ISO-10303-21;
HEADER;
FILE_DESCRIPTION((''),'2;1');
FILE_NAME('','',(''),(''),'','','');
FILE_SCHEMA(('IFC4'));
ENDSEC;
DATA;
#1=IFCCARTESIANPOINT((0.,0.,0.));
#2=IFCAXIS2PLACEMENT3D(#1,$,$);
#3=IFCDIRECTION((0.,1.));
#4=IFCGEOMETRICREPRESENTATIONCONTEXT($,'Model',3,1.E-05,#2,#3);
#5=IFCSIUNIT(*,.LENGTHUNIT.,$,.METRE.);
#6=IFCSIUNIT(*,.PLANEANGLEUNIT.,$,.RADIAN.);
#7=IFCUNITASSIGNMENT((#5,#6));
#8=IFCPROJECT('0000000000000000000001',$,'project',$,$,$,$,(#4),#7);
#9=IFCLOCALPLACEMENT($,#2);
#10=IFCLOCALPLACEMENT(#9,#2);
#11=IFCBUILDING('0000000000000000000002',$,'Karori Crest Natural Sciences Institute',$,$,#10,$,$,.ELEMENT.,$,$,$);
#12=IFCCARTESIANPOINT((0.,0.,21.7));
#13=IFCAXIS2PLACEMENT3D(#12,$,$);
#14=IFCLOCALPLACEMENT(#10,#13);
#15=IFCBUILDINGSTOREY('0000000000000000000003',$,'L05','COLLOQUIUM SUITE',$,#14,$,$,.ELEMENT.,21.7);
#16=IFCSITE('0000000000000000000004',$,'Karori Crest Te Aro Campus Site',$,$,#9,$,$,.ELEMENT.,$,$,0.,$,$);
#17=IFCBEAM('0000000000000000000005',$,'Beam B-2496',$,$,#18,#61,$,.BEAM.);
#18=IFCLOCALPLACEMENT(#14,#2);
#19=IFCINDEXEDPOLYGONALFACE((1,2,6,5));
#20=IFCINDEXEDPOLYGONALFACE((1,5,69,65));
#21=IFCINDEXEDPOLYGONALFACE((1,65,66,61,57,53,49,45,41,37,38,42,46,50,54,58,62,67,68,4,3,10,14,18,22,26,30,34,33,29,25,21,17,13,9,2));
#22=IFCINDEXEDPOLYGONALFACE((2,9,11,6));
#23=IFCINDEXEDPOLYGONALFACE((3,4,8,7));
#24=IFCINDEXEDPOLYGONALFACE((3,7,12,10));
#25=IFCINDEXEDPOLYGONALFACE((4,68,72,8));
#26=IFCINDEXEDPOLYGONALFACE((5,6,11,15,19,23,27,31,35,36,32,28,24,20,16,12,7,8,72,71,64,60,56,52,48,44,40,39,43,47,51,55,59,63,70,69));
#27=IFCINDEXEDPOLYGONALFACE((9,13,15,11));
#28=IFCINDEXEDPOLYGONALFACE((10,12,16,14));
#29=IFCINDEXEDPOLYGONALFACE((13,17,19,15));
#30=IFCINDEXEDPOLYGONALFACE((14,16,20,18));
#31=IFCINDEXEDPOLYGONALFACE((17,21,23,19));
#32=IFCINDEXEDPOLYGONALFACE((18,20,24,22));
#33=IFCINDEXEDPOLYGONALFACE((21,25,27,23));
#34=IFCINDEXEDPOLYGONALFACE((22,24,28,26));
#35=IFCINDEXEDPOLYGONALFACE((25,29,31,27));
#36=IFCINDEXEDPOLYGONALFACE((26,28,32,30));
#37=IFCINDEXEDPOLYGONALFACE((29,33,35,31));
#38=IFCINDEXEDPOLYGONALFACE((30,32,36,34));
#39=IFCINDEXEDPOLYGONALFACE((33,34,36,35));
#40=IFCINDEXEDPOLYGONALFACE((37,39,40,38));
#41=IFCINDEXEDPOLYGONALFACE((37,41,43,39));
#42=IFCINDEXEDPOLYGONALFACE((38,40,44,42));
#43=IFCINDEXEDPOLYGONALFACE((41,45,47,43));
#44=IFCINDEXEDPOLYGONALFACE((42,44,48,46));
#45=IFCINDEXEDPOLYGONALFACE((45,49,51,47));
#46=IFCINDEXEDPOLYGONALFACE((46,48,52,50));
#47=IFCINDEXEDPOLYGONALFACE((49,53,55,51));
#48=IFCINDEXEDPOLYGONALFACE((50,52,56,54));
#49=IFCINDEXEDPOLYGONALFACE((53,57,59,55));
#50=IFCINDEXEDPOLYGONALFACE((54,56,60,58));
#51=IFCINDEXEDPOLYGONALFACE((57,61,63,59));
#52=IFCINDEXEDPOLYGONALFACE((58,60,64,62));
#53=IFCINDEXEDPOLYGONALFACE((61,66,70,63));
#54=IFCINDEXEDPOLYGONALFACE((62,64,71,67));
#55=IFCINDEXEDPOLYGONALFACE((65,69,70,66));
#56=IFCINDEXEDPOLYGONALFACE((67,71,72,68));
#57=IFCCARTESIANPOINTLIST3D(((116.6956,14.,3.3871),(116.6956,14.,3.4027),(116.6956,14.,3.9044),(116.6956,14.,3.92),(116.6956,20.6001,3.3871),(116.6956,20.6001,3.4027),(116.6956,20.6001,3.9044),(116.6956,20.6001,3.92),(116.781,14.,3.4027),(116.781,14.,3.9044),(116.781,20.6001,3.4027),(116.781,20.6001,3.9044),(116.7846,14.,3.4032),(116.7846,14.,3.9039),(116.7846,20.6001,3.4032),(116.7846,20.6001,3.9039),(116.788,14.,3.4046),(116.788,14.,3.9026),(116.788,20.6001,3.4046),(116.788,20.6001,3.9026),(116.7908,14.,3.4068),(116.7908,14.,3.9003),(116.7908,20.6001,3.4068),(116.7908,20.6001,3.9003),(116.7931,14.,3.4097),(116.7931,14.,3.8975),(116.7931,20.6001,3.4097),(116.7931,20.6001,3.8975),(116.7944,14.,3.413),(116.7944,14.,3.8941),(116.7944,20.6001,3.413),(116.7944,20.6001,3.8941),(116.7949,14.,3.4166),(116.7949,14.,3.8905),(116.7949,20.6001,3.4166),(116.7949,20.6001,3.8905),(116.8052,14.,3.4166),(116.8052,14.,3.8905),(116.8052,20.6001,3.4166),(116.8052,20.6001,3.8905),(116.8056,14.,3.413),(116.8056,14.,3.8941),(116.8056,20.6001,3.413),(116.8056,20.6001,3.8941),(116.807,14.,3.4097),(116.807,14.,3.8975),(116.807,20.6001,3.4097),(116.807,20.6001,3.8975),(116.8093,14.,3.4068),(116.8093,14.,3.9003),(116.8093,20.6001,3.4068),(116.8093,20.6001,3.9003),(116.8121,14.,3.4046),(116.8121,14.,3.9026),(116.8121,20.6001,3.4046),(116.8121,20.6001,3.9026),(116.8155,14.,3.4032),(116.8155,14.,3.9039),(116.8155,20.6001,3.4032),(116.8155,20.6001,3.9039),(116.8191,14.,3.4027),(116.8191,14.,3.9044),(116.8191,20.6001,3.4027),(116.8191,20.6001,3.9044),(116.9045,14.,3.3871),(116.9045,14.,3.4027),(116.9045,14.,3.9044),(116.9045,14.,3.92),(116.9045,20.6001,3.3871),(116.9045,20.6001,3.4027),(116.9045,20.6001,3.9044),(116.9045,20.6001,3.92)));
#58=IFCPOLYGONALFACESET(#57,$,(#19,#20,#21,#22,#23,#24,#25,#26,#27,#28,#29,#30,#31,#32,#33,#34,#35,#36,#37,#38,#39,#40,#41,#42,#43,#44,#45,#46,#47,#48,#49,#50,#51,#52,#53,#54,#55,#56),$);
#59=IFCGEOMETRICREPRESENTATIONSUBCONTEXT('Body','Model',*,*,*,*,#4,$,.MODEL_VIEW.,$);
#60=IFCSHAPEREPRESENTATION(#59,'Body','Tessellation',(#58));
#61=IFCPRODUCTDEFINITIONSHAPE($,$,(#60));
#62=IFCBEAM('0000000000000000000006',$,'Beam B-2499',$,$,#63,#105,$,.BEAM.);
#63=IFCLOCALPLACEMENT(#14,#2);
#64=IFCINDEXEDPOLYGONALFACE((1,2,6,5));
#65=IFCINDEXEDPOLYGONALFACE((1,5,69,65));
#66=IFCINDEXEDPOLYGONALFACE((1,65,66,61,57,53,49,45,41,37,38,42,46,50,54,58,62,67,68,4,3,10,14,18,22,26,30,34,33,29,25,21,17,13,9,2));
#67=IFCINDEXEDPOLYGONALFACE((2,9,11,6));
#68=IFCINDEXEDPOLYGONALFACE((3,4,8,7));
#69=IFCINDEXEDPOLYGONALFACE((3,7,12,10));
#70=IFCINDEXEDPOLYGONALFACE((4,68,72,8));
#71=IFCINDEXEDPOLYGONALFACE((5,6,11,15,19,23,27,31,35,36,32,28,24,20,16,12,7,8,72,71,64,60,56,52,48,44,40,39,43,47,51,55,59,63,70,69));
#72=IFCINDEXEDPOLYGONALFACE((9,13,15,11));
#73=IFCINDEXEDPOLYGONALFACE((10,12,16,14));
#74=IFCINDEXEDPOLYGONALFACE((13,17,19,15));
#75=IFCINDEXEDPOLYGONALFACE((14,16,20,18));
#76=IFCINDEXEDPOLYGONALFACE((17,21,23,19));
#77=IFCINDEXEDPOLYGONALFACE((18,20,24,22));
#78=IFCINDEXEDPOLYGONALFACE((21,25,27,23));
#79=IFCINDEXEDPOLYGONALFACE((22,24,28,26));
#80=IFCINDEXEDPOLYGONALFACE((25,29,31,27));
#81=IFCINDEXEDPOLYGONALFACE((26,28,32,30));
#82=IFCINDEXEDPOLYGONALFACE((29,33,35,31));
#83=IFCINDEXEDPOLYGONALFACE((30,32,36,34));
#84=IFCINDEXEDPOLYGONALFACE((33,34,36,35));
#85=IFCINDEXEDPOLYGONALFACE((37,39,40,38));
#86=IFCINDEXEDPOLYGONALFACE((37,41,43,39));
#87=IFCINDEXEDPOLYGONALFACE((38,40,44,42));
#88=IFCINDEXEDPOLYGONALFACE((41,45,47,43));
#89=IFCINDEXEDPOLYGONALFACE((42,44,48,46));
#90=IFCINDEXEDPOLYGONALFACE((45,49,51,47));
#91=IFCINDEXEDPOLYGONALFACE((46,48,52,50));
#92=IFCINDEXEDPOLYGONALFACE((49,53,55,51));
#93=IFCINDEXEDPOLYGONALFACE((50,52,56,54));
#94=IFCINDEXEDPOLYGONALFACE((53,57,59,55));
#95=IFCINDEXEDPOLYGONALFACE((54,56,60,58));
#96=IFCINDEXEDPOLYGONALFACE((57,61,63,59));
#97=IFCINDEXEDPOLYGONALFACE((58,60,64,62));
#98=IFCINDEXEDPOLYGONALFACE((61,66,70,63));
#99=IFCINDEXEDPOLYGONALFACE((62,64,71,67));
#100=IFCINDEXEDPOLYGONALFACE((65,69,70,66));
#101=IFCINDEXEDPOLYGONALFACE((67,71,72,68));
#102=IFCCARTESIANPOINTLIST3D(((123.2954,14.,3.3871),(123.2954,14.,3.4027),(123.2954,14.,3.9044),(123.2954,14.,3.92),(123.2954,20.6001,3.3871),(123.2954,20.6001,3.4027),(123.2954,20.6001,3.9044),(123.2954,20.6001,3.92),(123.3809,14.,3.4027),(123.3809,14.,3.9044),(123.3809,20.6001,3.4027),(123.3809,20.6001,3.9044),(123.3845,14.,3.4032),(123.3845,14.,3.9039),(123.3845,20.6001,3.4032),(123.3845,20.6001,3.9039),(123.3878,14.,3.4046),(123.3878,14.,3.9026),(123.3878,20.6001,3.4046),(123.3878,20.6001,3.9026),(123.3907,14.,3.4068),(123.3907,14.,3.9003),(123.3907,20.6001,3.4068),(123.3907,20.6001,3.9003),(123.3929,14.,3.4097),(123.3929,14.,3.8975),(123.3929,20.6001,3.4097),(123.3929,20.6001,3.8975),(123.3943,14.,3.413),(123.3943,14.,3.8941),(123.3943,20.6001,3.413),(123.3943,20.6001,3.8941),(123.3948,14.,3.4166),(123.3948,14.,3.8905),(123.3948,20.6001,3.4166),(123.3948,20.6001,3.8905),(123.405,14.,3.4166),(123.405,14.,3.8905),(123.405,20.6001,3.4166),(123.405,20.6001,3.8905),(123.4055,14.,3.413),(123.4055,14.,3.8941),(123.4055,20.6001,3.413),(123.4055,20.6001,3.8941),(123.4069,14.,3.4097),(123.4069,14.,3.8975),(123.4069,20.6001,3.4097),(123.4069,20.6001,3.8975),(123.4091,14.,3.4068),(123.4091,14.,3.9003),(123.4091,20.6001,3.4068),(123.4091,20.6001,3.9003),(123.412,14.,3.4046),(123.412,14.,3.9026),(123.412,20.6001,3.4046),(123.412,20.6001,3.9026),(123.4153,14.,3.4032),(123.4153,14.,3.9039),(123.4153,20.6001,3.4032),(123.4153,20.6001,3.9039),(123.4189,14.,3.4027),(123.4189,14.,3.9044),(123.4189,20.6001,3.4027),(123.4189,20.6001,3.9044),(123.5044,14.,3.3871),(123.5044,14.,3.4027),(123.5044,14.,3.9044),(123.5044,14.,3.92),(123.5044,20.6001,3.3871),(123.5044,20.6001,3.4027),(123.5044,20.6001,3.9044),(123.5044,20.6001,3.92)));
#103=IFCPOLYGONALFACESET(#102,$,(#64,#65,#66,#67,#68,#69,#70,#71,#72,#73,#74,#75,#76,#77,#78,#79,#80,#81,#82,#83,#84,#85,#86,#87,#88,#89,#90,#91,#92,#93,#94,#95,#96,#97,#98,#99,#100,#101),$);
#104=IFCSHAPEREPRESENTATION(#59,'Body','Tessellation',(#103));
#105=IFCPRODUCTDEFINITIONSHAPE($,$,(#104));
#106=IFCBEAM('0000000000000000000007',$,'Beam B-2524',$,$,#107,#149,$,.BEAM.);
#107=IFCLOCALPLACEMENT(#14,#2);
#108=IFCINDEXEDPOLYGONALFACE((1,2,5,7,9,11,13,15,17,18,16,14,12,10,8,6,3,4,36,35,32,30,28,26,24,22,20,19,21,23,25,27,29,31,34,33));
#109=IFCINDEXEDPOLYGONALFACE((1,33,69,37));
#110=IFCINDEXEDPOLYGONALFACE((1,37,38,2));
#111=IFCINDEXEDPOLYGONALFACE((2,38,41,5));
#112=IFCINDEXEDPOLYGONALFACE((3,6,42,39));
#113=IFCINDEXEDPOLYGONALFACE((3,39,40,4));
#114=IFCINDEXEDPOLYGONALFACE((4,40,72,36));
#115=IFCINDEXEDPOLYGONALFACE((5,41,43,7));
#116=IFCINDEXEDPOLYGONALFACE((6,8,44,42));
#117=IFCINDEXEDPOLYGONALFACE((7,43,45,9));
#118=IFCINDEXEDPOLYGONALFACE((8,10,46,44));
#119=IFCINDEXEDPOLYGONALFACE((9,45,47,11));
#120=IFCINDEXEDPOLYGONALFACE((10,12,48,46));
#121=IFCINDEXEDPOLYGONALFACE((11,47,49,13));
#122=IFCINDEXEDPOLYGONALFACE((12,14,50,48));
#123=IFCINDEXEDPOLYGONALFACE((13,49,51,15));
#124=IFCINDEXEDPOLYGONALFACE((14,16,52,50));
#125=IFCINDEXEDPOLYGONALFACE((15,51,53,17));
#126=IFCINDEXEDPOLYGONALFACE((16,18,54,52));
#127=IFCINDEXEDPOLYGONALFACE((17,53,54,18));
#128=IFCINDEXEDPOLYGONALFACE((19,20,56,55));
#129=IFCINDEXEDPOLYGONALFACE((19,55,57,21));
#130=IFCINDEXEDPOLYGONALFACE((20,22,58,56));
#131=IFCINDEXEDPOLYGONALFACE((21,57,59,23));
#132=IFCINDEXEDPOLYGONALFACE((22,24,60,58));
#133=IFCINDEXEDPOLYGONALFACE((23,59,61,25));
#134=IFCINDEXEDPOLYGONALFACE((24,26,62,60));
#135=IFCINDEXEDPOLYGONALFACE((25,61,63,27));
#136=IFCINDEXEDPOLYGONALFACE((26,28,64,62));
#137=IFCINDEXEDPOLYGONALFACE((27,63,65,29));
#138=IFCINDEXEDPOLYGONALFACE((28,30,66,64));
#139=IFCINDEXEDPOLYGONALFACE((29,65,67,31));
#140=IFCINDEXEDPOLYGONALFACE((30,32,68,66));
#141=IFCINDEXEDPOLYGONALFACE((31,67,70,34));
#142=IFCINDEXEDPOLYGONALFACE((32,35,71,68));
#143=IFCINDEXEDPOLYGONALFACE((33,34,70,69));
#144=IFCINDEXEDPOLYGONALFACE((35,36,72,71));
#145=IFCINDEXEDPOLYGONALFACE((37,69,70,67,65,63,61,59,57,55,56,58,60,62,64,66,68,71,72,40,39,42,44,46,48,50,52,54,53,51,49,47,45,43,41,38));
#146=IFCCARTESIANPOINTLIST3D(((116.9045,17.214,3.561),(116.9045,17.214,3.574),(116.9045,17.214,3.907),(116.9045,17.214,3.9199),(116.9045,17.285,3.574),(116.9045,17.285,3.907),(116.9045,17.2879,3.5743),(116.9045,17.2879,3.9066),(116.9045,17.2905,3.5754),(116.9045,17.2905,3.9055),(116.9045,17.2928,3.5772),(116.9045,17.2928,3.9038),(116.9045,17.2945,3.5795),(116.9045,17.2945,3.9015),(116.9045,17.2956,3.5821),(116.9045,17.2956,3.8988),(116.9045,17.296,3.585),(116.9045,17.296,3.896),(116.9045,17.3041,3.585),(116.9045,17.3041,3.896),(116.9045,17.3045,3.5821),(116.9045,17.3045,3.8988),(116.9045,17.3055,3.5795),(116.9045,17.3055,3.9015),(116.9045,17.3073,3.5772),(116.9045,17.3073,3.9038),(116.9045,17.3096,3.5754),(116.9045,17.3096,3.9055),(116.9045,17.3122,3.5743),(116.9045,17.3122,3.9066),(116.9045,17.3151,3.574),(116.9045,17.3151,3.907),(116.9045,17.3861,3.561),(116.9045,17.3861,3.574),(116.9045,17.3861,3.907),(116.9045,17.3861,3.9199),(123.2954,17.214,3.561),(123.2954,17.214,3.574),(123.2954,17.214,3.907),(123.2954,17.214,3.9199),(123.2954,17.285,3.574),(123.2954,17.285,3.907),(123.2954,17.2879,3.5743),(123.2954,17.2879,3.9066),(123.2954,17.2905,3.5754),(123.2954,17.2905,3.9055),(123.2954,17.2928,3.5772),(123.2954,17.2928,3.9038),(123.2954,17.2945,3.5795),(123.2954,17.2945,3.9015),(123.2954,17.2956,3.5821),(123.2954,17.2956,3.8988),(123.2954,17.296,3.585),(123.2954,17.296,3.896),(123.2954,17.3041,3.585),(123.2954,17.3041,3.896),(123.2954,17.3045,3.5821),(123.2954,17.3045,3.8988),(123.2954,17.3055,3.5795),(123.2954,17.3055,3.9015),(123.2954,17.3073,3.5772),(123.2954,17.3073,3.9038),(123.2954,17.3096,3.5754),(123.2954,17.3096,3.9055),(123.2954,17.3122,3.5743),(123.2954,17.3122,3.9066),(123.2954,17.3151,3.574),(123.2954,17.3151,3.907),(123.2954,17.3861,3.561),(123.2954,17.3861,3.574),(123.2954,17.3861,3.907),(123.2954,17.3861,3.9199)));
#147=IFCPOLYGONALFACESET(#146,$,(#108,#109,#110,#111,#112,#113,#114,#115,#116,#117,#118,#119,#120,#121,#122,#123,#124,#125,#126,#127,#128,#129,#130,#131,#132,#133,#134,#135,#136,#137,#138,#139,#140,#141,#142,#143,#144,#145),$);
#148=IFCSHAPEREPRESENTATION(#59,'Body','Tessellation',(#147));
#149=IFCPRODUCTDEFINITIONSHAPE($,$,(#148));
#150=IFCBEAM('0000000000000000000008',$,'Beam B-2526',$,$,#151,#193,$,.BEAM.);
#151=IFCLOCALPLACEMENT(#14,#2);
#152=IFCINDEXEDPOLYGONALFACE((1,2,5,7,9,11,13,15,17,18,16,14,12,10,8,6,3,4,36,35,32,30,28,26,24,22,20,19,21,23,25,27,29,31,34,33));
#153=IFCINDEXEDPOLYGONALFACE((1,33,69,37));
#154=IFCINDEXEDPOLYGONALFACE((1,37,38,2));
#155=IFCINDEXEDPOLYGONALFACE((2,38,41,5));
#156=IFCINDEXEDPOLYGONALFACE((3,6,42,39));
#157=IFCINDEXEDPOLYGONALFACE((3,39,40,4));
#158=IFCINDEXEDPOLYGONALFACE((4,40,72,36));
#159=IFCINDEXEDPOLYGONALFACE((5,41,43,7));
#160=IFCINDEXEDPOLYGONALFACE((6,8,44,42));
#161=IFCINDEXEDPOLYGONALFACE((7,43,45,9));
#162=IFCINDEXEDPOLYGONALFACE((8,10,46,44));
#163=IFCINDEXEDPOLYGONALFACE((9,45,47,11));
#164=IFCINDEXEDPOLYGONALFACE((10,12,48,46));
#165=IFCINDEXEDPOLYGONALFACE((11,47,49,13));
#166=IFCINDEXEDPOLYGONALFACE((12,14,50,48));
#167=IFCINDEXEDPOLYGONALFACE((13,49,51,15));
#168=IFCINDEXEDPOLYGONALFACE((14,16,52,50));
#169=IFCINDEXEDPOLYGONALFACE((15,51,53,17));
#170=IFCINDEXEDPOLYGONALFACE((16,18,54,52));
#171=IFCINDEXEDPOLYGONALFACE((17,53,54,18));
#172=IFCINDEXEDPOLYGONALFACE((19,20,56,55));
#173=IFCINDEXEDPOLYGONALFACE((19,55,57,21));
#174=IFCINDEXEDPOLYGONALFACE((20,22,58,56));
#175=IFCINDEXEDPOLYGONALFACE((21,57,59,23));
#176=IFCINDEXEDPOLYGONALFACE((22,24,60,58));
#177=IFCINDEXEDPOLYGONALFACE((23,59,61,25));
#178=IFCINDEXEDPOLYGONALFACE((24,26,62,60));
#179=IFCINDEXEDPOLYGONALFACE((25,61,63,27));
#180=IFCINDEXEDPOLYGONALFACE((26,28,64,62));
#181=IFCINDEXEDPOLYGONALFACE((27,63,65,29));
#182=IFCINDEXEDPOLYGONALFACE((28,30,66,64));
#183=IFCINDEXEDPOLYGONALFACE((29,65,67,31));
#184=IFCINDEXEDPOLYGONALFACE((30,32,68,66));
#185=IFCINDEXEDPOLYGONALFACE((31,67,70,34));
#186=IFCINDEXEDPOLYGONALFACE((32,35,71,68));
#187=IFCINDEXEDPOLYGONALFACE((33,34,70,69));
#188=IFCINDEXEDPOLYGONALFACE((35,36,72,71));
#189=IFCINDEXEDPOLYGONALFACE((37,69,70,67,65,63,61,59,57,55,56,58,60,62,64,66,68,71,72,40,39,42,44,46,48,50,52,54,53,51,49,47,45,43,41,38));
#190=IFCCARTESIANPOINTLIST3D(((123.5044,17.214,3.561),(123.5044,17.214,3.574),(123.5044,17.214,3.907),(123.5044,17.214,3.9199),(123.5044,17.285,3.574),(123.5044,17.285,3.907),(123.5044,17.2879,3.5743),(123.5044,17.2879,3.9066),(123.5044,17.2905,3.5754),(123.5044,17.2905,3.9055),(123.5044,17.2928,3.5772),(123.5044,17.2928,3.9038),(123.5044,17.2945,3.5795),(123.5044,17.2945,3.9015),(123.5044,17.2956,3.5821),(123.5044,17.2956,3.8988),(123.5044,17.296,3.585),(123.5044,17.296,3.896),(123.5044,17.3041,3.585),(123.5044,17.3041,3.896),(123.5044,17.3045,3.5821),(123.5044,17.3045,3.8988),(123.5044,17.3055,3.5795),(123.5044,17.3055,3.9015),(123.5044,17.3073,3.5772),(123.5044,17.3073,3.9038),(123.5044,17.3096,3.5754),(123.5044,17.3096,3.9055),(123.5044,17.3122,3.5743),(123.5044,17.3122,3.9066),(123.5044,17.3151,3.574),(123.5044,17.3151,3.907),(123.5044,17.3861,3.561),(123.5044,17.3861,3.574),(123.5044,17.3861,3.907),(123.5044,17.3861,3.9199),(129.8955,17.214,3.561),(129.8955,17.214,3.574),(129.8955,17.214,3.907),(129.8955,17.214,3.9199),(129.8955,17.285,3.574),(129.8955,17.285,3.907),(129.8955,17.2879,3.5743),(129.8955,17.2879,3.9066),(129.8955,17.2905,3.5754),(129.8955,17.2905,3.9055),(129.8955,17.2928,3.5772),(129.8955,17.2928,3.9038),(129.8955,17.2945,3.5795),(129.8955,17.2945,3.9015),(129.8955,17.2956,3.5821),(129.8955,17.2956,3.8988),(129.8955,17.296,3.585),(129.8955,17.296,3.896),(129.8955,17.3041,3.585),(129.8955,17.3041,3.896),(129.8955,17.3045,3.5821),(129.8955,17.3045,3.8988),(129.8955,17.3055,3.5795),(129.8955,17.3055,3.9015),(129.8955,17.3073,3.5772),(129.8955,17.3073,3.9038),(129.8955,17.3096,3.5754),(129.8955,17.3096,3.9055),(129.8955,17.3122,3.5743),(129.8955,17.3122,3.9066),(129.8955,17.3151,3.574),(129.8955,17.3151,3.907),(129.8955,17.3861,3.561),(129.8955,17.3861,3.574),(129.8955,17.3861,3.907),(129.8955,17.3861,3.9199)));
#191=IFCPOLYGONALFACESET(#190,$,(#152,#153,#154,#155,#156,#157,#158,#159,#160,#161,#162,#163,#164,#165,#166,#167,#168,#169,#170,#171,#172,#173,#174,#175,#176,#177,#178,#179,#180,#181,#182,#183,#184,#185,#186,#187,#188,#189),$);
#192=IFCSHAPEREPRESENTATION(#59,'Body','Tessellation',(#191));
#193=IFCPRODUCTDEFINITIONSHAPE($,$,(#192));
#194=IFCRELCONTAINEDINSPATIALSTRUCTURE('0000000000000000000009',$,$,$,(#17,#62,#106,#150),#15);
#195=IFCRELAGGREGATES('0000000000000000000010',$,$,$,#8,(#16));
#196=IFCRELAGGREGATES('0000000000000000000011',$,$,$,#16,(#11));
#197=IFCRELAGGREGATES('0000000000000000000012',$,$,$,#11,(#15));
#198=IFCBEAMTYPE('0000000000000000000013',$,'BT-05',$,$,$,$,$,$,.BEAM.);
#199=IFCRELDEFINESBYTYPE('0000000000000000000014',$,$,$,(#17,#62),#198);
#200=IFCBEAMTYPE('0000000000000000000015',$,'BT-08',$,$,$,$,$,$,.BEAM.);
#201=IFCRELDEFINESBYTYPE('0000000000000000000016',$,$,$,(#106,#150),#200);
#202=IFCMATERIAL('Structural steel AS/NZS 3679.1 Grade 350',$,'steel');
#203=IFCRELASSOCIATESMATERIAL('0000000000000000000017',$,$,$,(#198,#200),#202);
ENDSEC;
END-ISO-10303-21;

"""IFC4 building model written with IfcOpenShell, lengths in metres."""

from ifc_helpers import new_model, si_unit, direction, frame, origin, origin_2d, place, context, subcontext, project, spatial, i_section, extrude, material, material_profile, profile_set, type_object, element, save


model = new_model("IFC4")

# Units and contexts
model_context = context("Model", 3, precision=1e-05, world=origin(), true_north=direction((0.0, 1.0)))
body_context = subcontext(model_context, "Body", "Model", "MODEL_VIEW")
ifc_project = project(units=[si_unit("LENGTHUNIT", "METRE"), si_unit("PLANEANGLEUNIT", "RADIAN")], contexts=[model_context])

# Site, building, storey
site_placement = place(None, origin())
site = spatial("IfcSite", under=ifc_project, at=site_placement, Name="Karori Crest Te Aro Campus Site", CompositionType="ELEMENT", RefElevation=0.0)
building_placement = place(site_placement, origin())
building = spatial("IfcBuilding", under=site, at=building_placement, Name="Karori Crest Natural Sciences Institute", CompositionType="ELEMENT")
storey_placement = place(building_placement, frame((0.0, 0.0, 21.7)))
storey = spatial("IfcBuildingStorey", under=building, at=storey_placement, Name="L05", Description="COLLOQUIUM SUITE", CompositionType="ELEMENT", Elevation=21.7)

# Shared definitions
ifc_material_1 = material(Name="Structural steel AS/NZS 3679.1 Grade 350", Category="steel")

# Beams
ifc_material_profile_1 = material_profile(ifc_material_1, i_section(OverallWidth=0.209, OverallDepth=0.533, WebThickness=0.0103, FlangeThickness=0.0156, FilletRadius=0.0139, at=origin_2d()), Name="530UB92.4")
ifc_profile_set_1 = profile_set([ifc_material_profile_1], Name="Structural steel AS/NZS 3679.1 Grade 350")
beam_type_1 = type_object("IfcBeamType", Name="BT-05", PredefinedType="BEAM", material=ifc_profile_set_1)
for number, where, z_axis, x_axis, name in (
    (1, (116.8, 14.0, 3.6536), (0.0, 1.0, 0.0), (-1.0, 0.0, 0.0), "Beam B-2496"),
    (2, (123.3999, 14.0, 3.6536), (0.0, 1.0, 0.0), (-1.0, 0.0, 0.0), "Beam B-2499"),
):
    element("IfcBeam", number, at=place(storey_placement, frame(where, z_axis=z_axis, x_axis=x_axis)), inside=storey, type_object=beam_type_1, Name=name, PredefinedType="BEAM", context=body_context, shape_type="SweptSolid", body=[
        extrude(i_section(OverallWidth=0.209, OverallDepth=0.533, WebThickness=0.0103, FlangeThickness=0.0156, FilletRadius=0.0139, at=origin_2d()), origin(), (0.0, 0.0, 1.0), 6.6001),
    ])
ifc_material_profile_2 = material_profile(ifc_material_1, i_section(OverallWidth=0.1721, OverallDepth=0.3589, WebThickness=0.0081, FlangeThickness=0.0129, FilletRadius=0.011, at=origin_2d()), Name="360UB56.7")
ifc_profile_set_2 = profile_set([ifc_material_profile_2], Name="Structural steel AS/NZS 3679.1 Grade 350")
beam_type_2 = type_object("IfcBeamType", Name="BT-08", PredefinedType="BEAM", material=ifc_profile_set_2)
beam_1_placement = place(storey_placement, frame((116.9045, 17.3, 3.7405), z_axis=(1.0, 0.0, 0.0), x_axis=(0.0, 1.0, 0.0)))
element("IfcBeam", 3, at=beam_1_placement, inside=storey, type_object=beam_type_2, Name="Beam B-2524", PredefinedType="BEAM", context=body_context, shape_type="SweptSolid", body=[
    extrude(i_section(OverallWidth=0.1721, OverallDepth=0.3589, WebThickness=0.0081, FlangeThickness=0.0129, FilletRadius=0.011, at=origin_2d()), origin(), (0.0, 0.0, 1.0), 6.3909),
])
beam_2_placement = place(storey_placement, frame((123.5044, 17.3, 3.7405), z_axis=(1.0, 0.0, 0.0), x_axis=(0.0, 1.0, 0.0)))
element("IfcBeam", 4, at=beam_2_placement, inside=storey, type_object=beam_type_2, Name="Beam B-2526", PredefinedType="BEAM", context=body_context, shape_type="SweptSolid", body=[
    extrude(i_section(OverallWidth=0.1721, OverallDepth=0.3589, WebThickness=0.0081, FlangeThickness=0.0129, FilletRadius=0.011, at=origin_2d()), origin(), (0.0, 0.0, 1.0), 6.3911),
])

save(model, "model.ifc")
